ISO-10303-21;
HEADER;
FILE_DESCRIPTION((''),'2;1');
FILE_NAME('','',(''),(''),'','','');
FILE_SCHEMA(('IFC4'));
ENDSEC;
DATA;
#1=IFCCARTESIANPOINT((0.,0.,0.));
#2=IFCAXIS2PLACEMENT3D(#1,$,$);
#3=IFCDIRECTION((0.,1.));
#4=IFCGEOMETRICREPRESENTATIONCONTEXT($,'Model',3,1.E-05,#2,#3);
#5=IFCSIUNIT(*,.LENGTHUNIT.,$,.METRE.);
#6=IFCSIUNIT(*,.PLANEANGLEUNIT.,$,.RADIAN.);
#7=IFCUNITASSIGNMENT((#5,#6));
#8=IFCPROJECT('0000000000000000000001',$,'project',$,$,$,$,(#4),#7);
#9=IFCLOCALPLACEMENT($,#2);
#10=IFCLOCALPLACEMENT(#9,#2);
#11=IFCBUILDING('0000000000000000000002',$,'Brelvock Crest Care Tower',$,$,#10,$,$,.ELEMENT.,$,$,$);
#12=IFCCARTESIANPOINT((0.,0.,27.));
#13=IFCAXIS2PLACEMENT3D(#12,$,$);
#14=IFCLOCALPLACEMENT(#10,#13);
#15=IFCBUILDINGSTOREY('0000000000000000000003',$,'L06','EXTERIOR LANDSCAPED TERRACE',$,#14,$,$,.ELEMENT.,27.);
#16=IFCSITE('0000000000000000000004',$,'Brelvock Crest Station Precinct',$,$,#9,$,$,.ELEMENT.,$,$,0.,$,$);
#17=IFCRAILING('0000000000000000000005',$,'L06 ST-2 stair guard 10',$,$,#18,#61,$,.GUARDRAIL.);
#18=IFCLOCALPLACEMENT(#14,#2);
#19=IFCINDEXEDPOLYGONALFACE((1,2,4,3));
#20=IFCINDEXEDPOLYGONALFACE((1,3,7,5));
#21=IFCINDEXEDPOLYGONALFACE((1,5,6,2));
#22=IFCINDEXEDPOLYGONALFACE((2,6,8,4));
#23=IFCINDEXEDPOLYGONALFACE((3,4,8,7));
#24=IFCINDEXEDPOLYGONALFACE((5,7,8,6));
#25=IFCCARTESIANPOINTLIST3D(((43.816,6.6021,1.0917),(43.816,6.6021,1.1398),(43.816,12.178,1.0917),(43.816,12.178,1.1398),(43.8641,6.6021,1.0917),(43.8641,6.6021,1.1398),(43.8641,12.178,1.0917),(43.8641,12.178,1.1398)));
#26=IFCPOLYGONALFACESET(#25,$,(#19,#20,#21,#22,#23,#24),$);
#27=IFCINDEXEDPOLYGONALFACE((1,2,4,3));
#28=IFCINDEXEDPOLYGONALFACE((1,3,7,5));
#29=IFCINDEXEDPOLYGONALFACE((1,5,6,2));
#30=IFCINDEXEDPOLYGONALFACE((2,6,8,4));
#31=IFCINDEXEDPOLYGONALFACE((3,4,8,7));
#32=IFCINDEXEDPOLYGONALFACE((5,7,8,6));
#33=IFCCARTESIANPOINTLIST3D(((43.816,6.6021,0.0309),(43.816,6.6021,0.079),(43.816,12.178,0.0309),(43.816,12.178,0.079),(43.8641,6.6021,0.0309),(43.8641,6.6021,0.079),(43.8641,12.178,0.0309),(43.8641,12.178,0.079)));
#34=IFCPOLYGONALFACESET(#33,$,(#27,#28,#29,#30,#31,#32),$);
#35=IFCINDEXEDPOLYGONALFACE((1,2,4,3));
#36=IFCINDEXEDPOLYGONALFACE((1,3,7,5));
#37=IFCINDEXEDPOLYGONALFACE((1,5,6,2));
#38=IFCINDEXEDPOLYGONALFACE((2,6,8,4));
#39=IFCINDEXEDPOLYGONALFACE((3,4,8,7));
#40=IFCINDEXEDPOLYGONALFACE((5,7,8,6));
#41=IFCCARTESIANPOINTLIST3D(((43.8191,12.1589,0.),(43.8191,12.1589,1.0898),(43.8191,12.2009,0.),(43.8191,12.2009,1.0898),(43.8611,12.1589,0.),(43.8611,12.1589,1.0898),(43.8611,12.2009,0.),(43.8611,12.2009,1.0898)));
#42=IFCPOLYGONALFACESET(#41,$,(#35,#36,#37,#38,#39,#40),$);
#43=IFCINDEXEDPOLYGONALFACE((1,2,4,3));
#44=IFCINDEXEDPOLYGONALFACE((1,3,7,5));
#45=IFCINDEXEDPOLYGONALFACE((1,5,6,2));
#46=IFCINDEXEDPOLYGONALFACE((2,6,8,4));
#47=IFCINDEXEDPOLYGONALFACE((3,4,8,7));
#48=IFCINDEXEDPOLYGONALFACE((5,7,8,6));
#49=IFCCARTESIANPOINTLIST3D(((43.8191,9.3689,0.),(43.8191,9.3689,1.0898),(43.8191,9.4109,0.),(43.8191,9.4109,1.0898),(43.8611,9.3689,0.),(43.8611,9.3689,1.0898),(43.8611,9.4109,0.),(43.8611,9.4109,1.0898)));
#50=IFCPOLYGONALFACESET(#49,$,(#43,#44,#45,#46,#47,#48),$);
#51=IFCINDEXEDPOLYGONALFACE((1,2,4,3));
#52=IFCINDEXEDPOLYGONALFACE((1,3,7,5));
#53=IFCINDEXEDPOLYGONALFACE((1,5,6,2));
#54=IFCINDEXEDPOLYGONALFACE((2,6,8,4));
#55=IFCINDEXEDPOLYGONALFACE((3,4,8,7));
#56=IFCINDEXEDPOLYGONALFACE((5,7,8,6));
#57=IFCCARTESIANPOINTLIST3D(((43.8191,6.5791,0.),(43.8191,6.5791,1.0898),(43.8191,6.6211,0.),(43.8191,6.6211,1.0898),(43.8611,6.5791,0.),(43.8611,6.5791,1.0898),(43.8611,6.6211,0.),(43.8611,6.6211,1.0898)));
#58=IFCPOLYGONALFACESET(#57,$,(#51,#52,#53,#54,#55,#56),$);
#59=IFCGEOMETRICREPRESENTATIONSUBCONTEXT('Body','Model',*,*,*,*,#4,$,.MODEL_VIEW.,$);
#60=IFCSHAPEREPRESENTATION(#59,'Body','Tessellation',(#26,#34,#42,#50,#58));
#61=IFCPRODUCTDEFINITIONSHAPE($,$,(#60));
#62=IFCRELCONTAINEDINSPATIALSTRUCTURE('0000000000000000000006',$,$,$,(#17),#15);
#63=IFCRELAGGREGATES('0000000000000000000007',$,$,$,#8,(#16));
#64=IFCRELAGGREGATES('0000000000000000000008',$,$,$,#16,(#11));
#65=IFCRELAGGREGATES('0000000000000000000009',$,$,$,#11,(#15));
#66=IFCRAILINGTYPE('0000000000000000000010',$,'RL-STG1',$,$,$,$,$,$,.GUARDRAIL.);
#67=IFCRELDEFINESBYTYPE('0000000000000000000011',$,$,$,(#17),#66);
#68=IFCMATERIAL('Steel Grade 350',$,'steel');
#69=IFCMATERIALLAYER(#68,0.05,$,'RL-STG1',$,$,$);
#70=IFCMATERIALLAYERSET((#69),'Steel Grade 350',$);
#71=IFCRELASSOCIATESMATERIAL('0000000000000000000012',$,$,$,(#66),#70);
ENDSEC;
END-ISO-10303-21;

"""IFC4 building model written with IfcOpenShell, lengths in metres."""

from ifc_helpers import new_model, si_unit, direction, frame, origin, origin_2d, place, context, subcontext, project, spatial, rectangle, extrude, material, layer, layer_set, type_object, element, save


model = new_model("IFC4")

# Units and contexts
model_context = context("Model", 3, precision=1e-05, world=origin(), true_north=direction((0.0, 1.0)))
body_context = subcontext(model_context, "Body", "Model", "MODEL_VIEW")
ifc_project = project(units=[si_unit("LENGTHUNIT", "METRE"), si_unit("PLANEANGLEUNIT", "RADIAN")], contexts=[model_context])

# Site, building, storey
site_placement = place(None, origin())
site = spatial("IfcSite", under=ifc_project, at=site_placement, Name="Brelvock Crest Station Precinct", CompositionType="ELEMENT", RefElevation=0.0)
building_placement = place(site_placement, origin())
building = spatial("IfcBuilding", under=site, at=building_placement, Name="Brelvock Crest Care Tower", CompositionType="ELEMENT")
storey_placement = place(building_placement, frame((0.0, 0.0, 27.0)))
storey = spatial("IfcBuildingStorey", under=building, at=storey_placement, Name="L06", Description="EXTERIOR LANDSCAPED TERRACE", CompositionType="ELEMENT", Elevation=27.0)

# Shared definitions
ifc_material_1 = material(Name="Steel Grade 350", Category="steel")

# Railing
ifc_layer_1 = layer(ifc_material_1, 0.05, Name="RL-STG1")
ifc_layer_set_1 = layer_set([ifc_layer_1], Name="Steel Grade 350")
railing_type = type_object("IfcRailingType", Name="RL-STG1", PredefinedType="GUARDRAIL", material=ifc_layer_set_1)
railing_1_placement = place(storey_placement, frame((43.8401, 12.1799, 0.0)))
element("IfcRailing", 1, at=railing_1_placement, inside=storey, type_object=railing_type, Name="L06 ST-2 stair guard 10", PredefinedType="GUARDRAIL", context=body_context, shape_type="SweptSolid", body=[
    extrude(rectangle(XDim=0.0481, YDim=0.0481, at=origin_2d()), frame((0.0, -0.002, 1.1157), z_axis=(0.0, -1.0, 0.0), x_axis=(1.0, 0.0, 0.0)), (0.0, 0.0, 1.0), 5.5759),
    extrude(rectangle(XDim=0.0481, YDim=0.0481, at=origin_2d()), frame((0.0, -0.002, 0.0549), z_axis=(0.0, -1.0, 0.0), x_axis=(1.0, 0.0, 0.0)), (0.0, 0.0, 1.0), 5.5759),
    extrude(rectangle(XDim=0.042, YDim=0.042, at=origin_2d()), origin(), (0.0, 0.0, 1.0), 1.0898),
    extrude(rectangle(XDim=0.042, YDim=0.042, at=origin_2d()), frame((0.0, -2.79, 0.0)), (0.0, 0.0, 1.0), 1.0898),
    extrude(rectangle(XDim=0.042, YDim=0.042, at=origin_2d()), frame((0.0, -5.5798, 0.0)), (0.0, 0.0, 1.0), 1.0898),
])

save(model, "model.ifc")
